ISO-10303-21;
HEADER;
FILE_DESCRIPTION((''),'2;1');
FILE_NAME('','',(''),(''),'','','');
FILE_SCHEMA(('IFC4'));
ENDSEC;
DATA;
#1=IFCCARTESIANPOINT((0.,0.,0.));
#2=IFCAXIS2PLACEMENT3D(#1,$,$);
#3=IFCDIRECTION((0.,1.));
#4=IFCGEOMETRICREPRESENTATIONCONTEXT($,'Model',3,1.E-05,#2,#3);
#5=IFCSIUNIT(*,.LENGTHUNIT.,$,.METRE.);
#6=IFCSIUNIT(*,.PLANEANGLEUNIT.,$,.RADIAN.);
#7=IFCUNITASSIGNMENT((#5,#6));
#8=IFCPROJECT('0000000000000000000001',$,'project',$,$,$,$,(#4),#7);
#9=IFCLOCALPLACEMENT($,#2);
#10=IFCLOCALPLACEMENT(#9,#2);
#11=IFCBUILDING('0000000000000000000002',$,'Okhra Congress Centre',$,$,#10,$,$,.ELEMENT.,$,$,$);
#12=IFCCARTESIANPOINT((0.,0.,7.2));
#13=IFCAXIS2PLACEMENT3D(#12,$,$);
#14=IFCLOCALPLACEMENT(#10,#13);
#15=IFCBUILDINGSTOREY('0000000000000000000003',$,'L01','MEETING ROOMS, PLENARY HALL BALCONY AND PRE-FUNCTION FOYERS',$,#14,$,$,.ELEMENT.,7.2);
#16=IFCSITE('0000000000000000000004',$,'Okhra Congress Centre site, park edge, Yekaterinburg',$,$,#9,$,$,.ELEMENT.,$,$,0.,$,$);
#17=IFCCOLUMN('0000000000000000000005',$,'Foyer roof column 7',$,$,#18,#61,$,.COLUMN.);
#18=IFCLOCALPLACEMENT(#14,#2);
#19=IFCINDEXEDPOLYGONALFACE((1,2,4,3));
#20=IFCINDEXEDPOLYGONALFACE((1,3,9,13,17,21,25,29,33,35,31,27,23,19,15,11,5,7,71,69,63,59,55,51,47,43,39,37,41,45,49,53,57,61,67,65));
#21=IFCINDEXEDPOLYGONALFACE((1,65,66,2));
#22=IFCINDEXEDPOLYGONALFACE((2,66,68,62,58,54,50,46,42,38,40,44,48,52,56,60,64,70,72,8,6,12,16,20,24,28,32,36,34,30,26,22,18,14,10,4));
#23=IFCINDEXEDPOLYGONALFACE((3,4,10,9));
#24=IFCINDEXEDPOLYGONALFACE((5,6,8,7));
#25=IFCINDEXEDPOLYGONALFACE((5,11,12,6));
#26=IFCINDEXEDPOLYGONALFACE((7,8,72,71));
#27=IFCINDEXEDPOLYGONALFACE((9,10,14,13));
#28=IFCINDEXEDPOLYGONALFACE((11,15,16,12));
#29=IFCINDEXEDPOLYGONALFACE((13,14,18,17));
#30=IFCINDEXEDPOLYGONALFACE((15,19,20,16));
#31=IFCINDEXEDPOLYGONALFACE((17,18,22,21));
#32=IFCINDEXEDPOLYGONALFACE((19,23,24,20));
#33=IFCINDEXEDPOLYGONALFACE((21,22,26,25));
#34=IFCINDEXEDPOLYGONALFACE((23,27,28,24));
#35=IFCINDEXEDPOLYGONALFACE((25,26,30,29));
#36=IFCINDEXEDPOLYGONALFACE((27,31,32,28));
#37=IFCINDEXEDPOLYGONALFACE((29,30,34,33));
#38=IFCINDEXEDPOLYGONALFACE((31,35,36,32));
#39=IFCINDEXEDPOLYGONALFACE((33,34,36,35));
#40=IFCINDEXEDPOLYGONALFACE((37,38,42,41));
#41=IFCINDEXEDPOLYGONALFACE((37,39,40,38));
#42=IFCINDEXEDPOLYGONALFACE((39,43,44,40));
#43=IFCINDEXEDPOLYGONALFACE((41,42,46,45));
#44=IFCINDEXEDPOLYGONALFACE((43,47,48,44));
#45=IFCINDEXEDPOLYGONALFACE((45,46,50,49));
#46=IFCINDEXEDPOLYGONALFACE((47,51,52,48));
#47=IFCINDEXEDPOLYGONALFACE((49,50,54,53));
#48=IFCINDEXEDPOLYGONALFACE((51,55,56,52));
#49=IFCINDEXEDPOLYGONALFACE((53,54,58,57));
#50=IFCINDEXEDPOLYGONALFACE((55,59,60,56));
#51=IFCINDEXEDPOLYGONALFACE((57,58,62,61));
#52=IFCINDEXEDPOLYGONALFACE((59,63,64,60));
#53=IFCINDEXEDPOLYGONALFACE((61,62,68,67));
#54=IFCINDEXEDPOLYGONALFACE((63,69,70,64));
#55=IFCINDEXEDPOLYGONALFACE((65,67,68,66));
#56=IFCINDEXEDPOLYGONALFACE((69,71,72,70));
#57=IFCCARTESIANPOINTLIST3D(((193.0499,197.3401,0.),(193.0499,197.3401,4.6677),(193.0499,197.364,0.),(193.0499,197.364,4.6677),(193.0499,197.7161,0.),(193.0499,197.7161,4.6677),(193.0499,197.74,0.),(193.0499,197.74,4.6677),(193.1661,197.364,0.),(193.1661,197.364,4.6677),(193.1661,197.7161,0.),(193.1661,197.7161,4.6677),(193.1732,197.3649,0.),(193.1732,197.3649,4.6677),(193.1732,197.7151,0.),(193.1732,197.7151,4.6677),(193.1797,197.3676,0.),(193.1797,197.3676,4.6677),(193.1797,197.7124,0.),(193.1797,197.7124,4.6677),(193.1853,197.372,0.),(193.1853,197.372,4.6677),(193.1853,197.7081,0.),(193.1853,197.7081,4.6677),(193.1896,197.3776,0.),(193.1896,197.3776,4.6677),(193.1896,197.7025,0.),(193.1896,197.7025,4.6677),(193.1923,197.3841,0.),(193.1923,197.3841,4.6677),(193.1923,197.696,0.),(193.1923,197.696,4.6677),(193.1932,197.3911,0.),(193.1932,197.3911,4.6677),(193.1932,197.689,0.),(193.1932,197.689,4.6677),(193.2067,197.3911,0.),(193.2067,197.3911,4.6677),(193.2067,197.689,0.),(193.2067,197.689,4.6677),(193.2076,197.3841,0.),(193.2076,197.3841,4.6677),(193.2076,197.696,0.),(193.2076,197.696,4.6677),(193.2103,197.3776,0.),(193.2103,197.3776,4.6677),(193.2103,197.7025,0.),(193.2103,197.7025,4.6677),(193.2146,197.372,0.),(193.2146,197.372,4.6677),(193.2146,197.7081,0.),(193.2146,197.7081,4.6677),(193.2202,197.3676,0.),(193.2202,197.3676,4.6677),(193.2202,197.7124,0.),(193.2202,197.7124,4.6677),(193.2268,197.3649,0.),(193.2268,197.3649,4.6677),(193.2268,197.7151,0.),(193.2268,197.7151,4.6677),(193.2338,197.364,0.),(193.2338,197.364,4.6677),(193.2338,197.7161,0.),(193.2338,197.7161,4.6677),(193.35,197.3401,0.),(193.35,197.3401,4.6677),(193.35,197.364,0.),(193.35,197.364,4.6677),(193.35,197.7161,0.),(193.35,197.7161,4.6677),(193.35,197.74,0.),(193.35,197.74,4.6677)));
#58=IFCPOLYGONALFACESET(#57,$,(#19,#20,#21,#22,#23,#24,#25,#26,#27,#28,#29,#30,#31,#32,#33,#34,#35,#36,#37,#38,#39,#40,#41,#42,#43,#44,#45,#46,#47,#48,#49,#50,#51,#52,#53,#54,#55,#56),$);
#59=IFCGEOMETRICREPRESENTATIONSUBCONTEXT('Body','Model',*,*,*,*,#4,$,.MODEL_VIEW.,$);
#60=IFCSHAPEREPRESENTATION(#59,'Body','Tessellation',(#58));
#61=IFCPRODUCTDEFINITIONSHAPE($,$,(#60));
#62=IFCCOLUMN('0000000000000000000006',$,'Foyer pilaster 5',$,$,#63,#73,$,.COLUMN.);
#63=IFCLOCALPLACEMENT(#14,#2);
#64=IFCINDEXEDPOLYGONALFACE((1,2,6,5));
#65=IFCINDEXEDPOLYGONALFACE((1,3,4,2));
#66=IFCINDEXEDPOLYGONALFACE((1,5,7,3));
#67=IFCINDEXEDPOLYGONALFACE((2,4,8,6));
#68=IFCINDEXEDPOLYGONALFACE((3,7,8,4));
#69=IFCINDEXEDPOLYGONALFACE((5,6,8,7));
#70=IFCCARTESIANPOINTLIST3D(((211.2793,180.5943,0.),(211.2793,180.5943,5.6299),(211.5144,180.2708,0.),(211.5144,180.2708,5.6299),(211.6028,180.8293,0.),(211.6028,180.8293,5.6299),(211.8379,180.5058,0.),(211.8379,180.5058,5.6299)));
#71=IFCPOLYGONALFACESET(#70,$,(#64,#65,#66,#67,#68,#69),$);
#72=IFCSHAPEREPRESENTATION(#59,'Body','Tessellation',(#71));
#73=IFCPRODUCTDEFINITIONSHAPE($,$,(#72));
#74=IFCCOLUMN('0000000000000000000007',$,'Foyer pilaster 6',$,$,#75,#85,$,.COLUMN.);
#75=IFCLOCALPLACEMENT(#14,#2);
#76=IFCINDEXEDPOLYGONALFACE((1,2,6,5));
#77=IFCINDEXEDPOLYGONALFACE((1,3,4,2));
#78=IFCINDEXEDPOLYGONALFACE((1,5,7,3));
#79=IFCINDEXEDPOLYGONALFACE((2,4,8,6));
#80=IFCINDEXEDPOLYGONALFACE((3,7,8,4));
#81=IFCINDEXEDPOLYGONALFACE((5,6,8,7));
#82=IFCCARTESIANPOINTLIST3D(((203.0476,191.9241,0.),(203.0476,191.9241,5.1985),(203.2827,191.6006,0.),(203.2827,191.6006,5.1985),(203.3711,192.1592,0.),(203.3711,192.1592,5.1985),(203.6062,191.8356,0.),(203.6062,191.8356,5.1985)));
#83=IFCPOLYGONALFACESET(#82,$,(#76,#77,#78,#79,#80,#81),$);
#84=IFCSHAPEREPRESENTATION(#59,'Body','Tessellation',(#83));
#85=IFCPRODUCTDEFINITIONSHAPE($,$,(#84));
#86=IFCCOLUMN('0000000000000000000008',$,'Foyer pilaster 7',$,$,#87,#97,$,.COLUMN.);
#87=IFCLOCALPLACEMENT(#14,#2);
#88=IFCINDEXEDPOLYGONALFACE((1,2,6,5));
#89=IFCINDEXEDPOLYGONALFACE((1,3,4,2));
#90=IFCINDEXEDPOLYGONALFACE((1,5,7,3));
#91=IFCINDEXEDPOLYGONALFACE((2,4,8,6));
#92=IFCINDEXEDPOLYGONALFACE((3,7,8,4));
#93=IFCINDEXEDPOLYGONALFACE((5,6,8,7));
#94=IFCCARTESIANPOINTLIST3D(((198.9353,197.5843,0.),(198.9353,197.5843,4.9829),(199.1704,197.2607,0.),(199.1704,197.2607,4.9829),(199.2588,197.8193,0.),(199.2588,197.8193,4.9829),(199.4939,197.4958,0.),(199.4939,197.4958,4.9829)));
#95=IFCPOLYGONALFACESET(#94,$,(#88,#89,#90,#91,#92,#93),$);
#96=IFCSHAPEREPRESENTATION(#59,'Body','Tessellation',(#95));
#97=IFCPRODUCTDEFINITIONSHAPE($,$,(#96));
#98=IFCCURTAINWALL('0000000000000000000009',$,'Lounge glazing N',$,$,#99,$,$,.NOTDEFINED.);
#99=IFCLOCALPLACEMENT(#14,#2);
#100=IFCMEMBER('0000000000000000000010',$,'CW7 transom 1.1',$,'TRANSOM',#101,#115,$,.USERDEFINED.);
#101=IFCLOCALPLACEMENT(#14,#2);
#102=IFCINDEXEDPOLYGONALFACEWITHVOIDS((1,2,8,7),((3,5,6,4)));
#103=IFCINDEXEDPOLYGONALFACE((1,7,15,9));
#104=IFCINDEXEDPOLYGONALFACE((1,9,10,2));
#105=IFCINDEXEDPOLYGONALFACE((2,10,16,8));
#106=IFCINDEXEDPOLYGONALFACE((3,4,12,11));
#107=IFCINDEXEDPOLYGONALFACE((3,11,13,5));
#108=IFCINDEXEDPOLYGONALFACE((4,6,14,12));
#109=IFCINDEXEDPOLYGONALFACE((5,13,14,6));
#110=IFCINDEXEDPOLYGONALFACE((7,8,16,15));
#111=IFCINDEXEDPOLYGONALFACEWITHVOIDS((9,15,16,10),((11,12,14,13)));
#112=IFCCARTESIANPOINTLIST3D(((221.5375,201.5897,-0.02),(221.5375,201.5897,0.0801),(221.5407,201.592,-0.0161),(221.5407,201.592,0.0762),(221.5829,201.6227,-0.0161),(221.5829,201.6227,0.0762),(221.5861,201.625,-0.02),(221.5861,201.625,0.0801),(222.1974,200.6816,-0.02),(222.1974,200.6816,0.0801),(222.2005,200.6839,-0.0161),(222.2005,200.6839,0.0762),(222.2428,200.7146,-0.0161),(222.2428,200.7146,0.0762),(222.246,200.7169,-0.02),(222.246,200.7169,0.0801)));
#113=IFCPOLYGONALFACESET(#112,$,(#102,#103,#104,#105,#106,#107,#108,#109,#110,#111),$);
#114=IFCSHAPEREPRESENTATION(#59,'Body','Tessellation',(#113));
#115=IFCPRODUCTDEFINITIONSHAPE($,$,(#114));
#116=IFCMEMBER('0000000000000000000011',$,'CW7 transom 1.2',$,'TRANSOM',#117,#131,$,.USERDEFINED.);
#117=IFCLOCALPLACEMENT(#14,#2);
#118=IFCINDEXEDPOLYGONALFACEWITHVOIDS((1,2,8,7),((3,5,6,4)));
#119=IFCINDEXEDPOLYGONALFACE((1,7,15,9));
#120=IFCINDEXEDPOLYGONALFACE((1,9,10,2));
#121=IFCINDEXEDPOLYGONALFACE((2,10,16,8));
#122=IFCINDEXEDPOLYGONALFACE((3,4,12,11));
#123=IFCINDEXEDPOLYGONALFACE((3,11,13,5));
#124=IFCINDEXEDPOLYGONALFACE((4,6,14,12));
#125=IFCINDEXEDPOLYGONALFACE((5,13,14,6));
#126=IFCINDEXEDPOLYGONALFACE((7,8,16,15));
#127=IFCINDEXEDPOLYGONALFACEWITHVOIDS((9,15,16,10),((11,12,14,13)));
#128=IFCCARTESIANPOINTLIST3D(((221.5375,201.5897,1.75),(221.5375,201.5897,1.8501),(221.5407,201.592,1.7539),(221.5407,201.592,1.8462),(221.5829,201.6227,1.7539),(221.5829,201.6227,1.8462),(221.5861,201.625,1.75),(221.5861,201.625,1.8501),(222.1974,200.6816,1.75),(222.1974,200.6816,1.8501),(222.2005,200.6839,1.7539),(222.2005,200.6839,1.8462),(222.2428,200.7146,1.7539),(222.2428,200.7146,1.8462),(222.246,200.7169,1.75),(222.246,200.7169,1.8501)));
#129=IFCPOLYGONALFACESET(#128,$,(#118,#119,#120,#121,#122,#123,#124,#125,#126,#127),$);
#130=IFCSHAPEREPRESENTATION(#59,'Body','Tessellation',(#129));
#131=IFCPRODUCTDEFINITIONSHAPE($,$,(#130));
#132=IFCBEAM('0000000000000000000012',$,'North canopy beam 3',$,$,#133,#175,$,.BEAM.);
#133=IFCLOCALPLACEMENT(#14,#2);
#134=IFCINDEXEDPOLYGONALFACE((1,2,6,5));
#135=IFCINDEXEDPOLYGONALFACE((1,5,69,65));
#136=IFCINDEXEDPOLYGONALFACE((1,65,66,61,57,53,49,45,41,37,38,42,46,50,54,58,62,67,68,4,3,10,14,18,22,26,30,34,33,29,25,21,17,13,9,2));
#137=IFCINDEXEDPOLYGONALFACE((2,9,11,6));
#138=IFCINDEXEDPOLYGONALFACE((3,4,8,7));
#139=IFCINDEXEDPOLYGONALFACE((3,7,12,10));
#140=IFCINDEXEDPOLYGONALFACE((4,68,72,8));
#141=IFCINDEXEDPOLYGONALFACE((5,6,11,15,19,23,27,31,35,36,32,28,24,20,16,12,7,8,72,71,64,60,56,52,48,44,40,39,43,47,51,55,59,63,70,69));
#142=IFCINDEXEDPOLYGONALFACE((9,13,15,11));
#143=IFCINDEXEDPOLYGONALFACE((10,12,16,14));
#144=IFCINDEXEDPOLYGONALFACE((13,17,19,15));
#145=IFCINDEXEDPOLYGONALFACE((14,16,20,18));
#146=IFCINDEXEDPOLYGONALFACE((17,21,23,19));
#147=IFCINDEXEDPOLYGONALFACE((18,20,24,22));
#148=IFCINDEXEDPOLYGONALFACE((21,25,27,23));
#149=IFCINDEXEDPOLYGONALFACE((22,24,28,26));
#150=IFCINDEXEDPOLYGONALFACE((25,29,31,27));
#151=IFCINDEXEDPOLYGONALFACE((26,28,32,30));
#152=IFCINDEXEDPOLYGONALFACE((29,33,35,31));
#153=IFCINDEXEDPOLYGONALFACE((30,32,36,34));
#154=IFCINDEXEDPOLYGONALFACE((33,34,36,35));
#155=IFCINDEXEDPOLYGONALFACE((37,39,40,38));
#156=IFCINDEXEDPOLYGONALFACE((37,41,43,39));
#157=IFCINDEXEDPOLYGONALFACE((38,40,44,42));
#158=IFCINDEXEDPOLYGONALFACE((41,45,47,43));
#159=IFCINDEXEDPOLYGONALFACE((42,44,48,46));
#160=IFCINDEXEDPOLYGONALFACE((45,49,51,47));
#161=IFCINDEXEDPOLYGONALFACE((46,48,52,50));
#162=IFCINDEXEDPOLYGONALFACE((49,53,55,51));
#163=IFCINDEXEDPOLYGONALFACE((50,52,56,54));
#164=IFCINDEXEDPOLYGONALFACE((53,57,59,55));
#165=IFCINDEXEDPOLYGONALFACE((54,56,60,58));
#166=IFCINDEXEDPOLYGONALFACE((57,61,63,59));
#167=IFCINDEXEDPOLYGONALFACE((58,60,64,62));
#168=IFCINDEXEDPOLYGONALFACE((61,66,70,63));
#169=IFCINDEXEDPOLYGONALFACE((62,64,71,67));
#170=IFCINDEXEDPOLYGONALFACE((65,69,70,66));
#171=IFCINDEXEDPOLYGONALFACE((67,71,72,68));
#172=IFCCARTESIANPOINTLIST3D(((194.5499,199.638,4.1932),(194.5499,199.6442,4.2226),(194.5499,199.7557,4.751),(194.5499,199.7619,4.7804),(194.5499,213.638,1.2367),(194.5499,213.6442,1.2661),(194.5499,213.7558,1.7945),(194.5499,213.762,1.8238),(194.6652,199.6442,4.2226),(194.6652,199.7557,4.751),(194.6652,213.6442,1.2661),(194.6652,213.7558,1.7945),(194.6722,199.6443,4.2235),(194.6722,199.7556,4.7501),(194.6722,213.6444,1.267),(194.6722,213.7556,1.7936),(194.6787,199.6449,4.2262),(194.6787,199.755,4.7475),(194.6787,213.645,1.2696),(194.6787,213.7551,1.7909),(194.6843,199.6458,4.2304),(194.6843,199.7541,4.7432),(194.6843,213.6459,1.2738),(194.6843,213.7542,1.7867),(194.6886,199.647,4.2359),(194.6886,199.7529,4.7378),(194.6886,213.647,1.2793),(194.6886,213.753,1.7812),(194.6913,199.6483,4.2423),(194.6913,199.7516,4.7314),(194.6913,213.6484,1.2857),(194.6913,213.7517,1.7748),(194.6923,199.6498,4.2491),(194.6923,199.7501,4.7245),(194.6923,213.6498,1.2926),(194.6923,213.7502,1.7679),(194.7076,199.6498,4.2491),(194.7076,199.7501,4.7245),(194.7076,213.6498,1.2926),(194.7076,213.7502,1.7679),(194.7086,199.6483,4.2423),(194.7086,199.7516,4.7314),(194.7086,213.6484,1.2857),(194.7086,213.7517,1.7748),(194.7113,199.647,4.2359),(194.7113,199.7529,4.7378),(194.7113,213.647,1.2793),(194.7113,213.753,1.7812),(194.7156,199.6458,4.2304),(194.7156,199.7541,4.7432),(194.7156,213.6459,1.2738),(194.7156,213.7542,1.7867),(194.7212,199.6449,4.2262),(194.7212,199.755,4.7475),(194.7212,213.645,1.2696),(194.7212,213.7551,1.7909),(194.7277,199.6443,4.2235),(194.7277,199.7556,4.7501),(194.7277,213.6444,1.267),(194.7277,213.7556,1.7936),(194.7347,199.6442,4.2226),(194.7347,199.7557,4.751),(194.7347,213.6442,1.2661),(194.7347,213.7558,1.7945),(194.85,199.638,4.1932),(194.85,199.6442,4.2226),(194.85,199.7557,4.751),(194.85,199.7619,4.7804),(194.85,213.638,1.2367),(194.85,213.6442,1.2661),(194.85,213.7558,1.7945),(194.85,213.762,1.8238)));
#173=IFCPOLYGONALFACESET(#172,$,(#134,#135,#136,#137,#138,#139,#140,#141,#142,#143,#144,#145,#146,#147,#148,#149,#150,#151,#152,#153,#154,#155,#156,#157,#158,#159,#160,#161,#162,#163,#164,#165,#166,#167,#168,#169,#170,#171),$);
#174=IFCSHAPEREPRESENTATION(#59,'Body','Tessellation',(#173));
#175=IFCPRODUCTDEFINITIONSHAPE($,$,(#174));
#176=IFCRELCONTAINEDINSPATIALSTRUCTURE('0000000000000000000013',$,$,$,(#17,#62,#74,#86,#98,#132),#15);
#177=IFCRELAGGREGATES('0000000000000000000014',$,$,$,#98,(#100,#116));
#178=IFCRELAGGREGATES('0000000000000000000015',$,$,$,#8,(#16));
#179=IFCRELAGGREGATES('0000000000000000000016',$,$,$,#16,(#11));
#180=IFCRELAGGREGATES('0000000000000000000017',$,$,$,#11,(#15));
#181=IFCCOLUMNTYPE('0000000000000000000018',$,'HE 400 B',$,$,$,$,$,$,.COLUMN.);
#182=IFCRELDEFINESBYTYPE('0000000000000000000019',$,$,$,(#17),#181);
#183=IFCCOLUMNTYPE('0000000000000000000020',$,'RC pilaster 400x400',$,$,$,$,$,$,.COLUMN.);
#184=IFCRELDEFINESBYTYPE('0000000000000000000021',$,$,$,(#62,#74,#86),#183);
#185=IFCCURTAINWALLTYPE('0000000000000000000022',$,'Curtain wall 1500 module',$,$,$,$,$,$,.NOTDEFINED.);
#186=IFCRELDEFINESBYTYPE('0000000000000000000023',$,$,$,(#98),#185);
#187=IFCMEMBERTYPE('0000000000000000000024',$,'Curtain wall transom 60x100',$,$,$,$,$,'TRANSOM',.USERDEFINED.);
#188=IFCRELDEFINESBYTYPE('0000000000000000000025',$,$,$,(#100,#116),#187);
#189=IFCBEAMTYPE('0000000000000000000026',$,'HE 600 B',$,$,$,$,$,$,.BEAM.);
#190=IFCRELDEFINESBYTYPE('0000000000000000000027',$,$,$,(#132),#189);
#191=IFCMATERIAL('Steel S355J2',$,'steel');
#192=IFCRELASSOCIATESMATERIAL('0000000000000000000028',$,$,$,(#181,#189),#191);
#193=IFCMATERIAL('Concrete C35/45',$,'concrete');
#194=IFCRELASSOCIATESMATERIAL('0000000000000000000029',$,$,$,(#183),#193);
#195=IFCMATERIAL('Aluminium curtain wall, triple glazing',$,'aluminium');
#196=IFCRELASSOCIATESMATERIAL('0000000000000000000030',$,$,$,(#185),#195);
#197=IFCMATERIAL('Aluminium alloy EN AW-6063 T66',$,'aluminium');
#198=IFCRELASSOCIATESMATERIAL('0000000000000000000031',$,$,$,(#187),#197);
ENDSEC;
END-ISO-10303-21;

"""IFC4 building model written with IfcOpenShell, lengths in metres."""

from ifc_helpers import new_model, si_unit, direction, frame, origin, origin_2d, place, context, subcontext, project, spatial, rectangle, hollow_rectangle, i_section, extrude, material, material_profile, profile_set, type_object, element, aggregate, save


model = new_model("IFC4")

# Units and contexts
model_context = context("Model", 3, precision=1e-05, world=origin(), true_north=direction((0.0, 1.0)))
body_context = subcontext(model_context, "Body", "Model", "MODEL_VIEW")
ifc_project = project(units=[si_unit("LENGTHUNIT", "METRE"), si_unit("PLANEANGLEUNIT", "RADIAN")], contexts=[model_context])

# Site, building, storey
site_placement = place(None, origin())
site = spatial("IfcSite", under=ifc_project, at=site_placement, Name="Okhra Congress Centre site, park edge, Yekaterinburg", CompositionType="ELEMENT", RefElevation=0.0)
building_placement = place(site_placement, origin())
building = spatial("IfcBuilding", under=site, at=building_placement, Name="Okhra Congress Centre", CompositionType="ELEMENT")
storey_placement = place(building_placement, frame((0.0, 0.0, 7.2)))
storey = spatial("IfcBuildingStorey", under=building, at=storey_placement, Name="L01", Description="MEETING ROOMS, PLENARY HALL BALCONY AND PRE-FUNCTION FOYERS", CompositionType="ELEMENT", Elevation=7.2)

# Columns
ifc_material_1 = material(Name="Steel S355J2", Category="steel")
ifc_material_profile_1 = material_profile(ifc_material_1, i_section(OverallWidth=0.3, OverallDepth=0.3999, WebThickness=0.0134, FlangeThickness=0.0239, FilletRadius=0.0271, at=origin_2d()), Name="HE 400 B")
ifc_profile_set_1 = profile_set([ifc_material_profile_1], Name="Steel S355J2")
column_type_1 = type_object("IfcColumnType", Name="HE 400 B", PredefinedType="COLUMN", material=ifc_profile_set_1)
column_1_placement = place(storey_placement, frame((193.2, 197.54, 0.0), z_axis=(0.0, 0.0, 1.0), x_axis=(1.0, 0.0, 0.0)))
element("IfcColumn", 1, at=column_1_placement, inside=storey, type_object=column_type_1, Name="Foyer roof column 7", PredefinedType="COLUMN", context=body_context, shape_type="SweptSolid", body=[
    extrude(i_section(OverallWidth=0.3, OverallDepth=0.3999, WebThickness=0.0134, FlangeThickness=0.0239, FilletRadius=0.0271, at=origin_2d()), origin(), (0.0, 0.0, 1.0), 4.6677),
])
ifc_material_2 = material(Name="Concrete C35/45", Category="concrete")
ifc_material_profile_2 = material_profile(ifc_material_2, rectangle(XDim=0.3999, YDim=0.3999, at=origin_2d()), Name="RC pilaster 400x400")
ifc_profile_set_2 = profile_set([ifc_material_profile_2], Name="Concrete C35/45")
column_type_2 = type_object("IfcColumnType", Name="RC pilaster 400x400", PredefinedType="COLUMN", material=ifc_profile_set_2)
column_2_placement = place(storey_placement, frame((211.5586, 180.55, 0.0), z_axis=(0.0, 0.0, 1.0), x_axis=(0.809017, 0.587785, 0.0)))
element("IfcColumn", 2, at=column_2_placement, inside=storey, type_object=column_type_2, Name="Foyer pilaster 5", PredefinedType="COLUMN", context=body_context, shape_type="SweptSolid", body=[
    extrude(rectangle(XDim=0.3999, YDim=0.3999, at=origin_2d()), origin(), (0.0, 0.0, 1.0), 5.6299),
])
column_3_placement = place(storey_placement, frame((203.3269, 191.8799, 0.0), z_axis=(0.0, 0.0, 1.0), x_axis=(0.809017, 0.587785, 0.0)))
element("IfcColumn", 3, at=column_3_placement, inside=storey, type_object=column_type_2, Name="Foyer pilaster 6", PredefinedType="COLUMN", context=body_context, shape_type="SweptSolid", body=[
    extrude(rectangle(XDim=0.3999, YDim=0.3999, at=origin_2d()), origin(), (0.0, 0.0, 1.0), 5.1985),
])
column_4_placement = place(storey_placement, frame((199.2146, 197.54, 0.0), z_axis=(0.0, 0.0, 1.0), x_axis=(0.809017, 0.587785, 0.0)))
element("IfcColumn", 4, at=column_4_placement, inside=storey, type_object=column_type_2, Name="Foyer pilaster 7", PredefinedType="COLUMN", context=body_context, shape_type="SweptSolid", body=[
    extrude(rectangle(XDim=0.3999, YDim=0.3999, at=origin_2d()), origin(), (0.0, 0.0, 1.0), 4.9829),
])

# Curtain wall, members
ifc_material_3 = material(Name="Aluminium curtain wall, triple glazing", Category="aluminium")
curtain_wall_type = type_object("IfcCurtainWallType", Name="Curtain wall 1500 module", PredefinedType="NOTDEFINED", material=ifc_material_3)
curtain_wall_placement = place(storey_placement, origin())
curtain_wall = element("IfcCurtainWall", 5, at=curtain_wall_placement, inside=storey, type_object=curtain_wall_type, Name="Lounge glazing N", PredefinedType="NOTDEFINED")
ifc_material_4 = material(Name="Aluminium alloy EN AW-6063 T66", Category="aluminium")
ifc_material_profile_3 = material_profile(ifc_material_4, hollow_rectangle(XDim=0.0601, YDim=0.1001, WallThickness=0.0039, at=origin_2d()), Name="RHS 60x100x4")
ifc_profile_set_3 = profile_set([ifc_material_profile_3], Name="Aluminium alloy EN AW-6063 T66")
member_type = type_object("IfcMemberType", Name="Curtain wall transom 60x100", ElementType="TRANSOM", PredefinedType="USERDEFINED", material=ifc_profile_set_3)
member_1_placement = place(storey_placement, frame((222.2217, 200.6992, 0.03), z_axis=(-0.587823, 0.80899, 0.0), x_axis=(-0.80899, -0.587823, 0.0)))
member_1 = element("IfcMember", 6, at=member_1_placement, type_object=member_type, Name="CW7 transom 1.1", ObjectType="TRANSOM", PredefinedType="USERDEFINED", context=body_context, shape_type="SweptSolid", body=[
    extrude(hollow_rectangle(XDim=0.0601, YDim=0.1001, WallThickness=0.0039, at=origin_2d()), origin(), (0.0, 0.0, 1.0), 1.1226),
])
member_2_placement = place(storey_placement, frame((222.2217, 200.6992, 1.8), z_axis=(-0.587823, 0.80899, 0.0), x_axis=(-0.80899, -0.587823, 0.0)))
member_2 = element("IfcMember", 7, at=member_2_placement, type_object=member_type, Name="CW7 transom 1.2", ObjectType="TRANSOM", PredefinedType="USERDEFINED", context=body_context, shape_type="SweptSolid", body=[
    extrude(hollow_rectangle(XDim=0.0601, YDim=0.1001, WallThickness=0.0039, at=origin_2d()), origin(), (0.0, 0.0, 1.0), 1.1226),
])
aggregate(curtain_wall, [member_1, member_2])

# Beam
ifc_material_profile_4 = material_profile(ifc_material_1, i_section(OverallWidth=0.3, OverallDepth=0.6001, WebThickness=0.0154, FlangeThickness=0.03, FilletRadius=0.0271, at=origin_2d()), Name="HE 600 B")
ifc_profile_set_4 = profile_set([ifc_material_profile_4], Name="Steel S355J2")
beam_type = type_object("IfcBeamType", Name="HE 600 B", PredefinedType="BEAM", material=ifc_profile_set_4)
for number, where, z_axis, x_axis, name in (
    (8, (194.7, 199.7, 4.4868), (0.0, 0.97842, -0.206624), (-1.0, 0.0, 0.0), "North canopy beam 3"),
):
    element("IfcBeam", number, at=place(storey_placement, frame(where, z_axis=z_axis, x_axis=x_axis)), inside=storey, type_object=beam_type, Name=name, PredefinedType="BEAM", context=body_context, shape_type="SweptSolid", body=[
        extrude(i_section(OverallWidth=0.3, OverallDepth=0.6001, WebThickness=0.0154, FlangeThickness=0.03, FilletRadius=0.0271, at=origin_2d()), origin(), (0.0, 0.0, 1.0), 14.3088),
    ])

save(model, "model.ifc")
